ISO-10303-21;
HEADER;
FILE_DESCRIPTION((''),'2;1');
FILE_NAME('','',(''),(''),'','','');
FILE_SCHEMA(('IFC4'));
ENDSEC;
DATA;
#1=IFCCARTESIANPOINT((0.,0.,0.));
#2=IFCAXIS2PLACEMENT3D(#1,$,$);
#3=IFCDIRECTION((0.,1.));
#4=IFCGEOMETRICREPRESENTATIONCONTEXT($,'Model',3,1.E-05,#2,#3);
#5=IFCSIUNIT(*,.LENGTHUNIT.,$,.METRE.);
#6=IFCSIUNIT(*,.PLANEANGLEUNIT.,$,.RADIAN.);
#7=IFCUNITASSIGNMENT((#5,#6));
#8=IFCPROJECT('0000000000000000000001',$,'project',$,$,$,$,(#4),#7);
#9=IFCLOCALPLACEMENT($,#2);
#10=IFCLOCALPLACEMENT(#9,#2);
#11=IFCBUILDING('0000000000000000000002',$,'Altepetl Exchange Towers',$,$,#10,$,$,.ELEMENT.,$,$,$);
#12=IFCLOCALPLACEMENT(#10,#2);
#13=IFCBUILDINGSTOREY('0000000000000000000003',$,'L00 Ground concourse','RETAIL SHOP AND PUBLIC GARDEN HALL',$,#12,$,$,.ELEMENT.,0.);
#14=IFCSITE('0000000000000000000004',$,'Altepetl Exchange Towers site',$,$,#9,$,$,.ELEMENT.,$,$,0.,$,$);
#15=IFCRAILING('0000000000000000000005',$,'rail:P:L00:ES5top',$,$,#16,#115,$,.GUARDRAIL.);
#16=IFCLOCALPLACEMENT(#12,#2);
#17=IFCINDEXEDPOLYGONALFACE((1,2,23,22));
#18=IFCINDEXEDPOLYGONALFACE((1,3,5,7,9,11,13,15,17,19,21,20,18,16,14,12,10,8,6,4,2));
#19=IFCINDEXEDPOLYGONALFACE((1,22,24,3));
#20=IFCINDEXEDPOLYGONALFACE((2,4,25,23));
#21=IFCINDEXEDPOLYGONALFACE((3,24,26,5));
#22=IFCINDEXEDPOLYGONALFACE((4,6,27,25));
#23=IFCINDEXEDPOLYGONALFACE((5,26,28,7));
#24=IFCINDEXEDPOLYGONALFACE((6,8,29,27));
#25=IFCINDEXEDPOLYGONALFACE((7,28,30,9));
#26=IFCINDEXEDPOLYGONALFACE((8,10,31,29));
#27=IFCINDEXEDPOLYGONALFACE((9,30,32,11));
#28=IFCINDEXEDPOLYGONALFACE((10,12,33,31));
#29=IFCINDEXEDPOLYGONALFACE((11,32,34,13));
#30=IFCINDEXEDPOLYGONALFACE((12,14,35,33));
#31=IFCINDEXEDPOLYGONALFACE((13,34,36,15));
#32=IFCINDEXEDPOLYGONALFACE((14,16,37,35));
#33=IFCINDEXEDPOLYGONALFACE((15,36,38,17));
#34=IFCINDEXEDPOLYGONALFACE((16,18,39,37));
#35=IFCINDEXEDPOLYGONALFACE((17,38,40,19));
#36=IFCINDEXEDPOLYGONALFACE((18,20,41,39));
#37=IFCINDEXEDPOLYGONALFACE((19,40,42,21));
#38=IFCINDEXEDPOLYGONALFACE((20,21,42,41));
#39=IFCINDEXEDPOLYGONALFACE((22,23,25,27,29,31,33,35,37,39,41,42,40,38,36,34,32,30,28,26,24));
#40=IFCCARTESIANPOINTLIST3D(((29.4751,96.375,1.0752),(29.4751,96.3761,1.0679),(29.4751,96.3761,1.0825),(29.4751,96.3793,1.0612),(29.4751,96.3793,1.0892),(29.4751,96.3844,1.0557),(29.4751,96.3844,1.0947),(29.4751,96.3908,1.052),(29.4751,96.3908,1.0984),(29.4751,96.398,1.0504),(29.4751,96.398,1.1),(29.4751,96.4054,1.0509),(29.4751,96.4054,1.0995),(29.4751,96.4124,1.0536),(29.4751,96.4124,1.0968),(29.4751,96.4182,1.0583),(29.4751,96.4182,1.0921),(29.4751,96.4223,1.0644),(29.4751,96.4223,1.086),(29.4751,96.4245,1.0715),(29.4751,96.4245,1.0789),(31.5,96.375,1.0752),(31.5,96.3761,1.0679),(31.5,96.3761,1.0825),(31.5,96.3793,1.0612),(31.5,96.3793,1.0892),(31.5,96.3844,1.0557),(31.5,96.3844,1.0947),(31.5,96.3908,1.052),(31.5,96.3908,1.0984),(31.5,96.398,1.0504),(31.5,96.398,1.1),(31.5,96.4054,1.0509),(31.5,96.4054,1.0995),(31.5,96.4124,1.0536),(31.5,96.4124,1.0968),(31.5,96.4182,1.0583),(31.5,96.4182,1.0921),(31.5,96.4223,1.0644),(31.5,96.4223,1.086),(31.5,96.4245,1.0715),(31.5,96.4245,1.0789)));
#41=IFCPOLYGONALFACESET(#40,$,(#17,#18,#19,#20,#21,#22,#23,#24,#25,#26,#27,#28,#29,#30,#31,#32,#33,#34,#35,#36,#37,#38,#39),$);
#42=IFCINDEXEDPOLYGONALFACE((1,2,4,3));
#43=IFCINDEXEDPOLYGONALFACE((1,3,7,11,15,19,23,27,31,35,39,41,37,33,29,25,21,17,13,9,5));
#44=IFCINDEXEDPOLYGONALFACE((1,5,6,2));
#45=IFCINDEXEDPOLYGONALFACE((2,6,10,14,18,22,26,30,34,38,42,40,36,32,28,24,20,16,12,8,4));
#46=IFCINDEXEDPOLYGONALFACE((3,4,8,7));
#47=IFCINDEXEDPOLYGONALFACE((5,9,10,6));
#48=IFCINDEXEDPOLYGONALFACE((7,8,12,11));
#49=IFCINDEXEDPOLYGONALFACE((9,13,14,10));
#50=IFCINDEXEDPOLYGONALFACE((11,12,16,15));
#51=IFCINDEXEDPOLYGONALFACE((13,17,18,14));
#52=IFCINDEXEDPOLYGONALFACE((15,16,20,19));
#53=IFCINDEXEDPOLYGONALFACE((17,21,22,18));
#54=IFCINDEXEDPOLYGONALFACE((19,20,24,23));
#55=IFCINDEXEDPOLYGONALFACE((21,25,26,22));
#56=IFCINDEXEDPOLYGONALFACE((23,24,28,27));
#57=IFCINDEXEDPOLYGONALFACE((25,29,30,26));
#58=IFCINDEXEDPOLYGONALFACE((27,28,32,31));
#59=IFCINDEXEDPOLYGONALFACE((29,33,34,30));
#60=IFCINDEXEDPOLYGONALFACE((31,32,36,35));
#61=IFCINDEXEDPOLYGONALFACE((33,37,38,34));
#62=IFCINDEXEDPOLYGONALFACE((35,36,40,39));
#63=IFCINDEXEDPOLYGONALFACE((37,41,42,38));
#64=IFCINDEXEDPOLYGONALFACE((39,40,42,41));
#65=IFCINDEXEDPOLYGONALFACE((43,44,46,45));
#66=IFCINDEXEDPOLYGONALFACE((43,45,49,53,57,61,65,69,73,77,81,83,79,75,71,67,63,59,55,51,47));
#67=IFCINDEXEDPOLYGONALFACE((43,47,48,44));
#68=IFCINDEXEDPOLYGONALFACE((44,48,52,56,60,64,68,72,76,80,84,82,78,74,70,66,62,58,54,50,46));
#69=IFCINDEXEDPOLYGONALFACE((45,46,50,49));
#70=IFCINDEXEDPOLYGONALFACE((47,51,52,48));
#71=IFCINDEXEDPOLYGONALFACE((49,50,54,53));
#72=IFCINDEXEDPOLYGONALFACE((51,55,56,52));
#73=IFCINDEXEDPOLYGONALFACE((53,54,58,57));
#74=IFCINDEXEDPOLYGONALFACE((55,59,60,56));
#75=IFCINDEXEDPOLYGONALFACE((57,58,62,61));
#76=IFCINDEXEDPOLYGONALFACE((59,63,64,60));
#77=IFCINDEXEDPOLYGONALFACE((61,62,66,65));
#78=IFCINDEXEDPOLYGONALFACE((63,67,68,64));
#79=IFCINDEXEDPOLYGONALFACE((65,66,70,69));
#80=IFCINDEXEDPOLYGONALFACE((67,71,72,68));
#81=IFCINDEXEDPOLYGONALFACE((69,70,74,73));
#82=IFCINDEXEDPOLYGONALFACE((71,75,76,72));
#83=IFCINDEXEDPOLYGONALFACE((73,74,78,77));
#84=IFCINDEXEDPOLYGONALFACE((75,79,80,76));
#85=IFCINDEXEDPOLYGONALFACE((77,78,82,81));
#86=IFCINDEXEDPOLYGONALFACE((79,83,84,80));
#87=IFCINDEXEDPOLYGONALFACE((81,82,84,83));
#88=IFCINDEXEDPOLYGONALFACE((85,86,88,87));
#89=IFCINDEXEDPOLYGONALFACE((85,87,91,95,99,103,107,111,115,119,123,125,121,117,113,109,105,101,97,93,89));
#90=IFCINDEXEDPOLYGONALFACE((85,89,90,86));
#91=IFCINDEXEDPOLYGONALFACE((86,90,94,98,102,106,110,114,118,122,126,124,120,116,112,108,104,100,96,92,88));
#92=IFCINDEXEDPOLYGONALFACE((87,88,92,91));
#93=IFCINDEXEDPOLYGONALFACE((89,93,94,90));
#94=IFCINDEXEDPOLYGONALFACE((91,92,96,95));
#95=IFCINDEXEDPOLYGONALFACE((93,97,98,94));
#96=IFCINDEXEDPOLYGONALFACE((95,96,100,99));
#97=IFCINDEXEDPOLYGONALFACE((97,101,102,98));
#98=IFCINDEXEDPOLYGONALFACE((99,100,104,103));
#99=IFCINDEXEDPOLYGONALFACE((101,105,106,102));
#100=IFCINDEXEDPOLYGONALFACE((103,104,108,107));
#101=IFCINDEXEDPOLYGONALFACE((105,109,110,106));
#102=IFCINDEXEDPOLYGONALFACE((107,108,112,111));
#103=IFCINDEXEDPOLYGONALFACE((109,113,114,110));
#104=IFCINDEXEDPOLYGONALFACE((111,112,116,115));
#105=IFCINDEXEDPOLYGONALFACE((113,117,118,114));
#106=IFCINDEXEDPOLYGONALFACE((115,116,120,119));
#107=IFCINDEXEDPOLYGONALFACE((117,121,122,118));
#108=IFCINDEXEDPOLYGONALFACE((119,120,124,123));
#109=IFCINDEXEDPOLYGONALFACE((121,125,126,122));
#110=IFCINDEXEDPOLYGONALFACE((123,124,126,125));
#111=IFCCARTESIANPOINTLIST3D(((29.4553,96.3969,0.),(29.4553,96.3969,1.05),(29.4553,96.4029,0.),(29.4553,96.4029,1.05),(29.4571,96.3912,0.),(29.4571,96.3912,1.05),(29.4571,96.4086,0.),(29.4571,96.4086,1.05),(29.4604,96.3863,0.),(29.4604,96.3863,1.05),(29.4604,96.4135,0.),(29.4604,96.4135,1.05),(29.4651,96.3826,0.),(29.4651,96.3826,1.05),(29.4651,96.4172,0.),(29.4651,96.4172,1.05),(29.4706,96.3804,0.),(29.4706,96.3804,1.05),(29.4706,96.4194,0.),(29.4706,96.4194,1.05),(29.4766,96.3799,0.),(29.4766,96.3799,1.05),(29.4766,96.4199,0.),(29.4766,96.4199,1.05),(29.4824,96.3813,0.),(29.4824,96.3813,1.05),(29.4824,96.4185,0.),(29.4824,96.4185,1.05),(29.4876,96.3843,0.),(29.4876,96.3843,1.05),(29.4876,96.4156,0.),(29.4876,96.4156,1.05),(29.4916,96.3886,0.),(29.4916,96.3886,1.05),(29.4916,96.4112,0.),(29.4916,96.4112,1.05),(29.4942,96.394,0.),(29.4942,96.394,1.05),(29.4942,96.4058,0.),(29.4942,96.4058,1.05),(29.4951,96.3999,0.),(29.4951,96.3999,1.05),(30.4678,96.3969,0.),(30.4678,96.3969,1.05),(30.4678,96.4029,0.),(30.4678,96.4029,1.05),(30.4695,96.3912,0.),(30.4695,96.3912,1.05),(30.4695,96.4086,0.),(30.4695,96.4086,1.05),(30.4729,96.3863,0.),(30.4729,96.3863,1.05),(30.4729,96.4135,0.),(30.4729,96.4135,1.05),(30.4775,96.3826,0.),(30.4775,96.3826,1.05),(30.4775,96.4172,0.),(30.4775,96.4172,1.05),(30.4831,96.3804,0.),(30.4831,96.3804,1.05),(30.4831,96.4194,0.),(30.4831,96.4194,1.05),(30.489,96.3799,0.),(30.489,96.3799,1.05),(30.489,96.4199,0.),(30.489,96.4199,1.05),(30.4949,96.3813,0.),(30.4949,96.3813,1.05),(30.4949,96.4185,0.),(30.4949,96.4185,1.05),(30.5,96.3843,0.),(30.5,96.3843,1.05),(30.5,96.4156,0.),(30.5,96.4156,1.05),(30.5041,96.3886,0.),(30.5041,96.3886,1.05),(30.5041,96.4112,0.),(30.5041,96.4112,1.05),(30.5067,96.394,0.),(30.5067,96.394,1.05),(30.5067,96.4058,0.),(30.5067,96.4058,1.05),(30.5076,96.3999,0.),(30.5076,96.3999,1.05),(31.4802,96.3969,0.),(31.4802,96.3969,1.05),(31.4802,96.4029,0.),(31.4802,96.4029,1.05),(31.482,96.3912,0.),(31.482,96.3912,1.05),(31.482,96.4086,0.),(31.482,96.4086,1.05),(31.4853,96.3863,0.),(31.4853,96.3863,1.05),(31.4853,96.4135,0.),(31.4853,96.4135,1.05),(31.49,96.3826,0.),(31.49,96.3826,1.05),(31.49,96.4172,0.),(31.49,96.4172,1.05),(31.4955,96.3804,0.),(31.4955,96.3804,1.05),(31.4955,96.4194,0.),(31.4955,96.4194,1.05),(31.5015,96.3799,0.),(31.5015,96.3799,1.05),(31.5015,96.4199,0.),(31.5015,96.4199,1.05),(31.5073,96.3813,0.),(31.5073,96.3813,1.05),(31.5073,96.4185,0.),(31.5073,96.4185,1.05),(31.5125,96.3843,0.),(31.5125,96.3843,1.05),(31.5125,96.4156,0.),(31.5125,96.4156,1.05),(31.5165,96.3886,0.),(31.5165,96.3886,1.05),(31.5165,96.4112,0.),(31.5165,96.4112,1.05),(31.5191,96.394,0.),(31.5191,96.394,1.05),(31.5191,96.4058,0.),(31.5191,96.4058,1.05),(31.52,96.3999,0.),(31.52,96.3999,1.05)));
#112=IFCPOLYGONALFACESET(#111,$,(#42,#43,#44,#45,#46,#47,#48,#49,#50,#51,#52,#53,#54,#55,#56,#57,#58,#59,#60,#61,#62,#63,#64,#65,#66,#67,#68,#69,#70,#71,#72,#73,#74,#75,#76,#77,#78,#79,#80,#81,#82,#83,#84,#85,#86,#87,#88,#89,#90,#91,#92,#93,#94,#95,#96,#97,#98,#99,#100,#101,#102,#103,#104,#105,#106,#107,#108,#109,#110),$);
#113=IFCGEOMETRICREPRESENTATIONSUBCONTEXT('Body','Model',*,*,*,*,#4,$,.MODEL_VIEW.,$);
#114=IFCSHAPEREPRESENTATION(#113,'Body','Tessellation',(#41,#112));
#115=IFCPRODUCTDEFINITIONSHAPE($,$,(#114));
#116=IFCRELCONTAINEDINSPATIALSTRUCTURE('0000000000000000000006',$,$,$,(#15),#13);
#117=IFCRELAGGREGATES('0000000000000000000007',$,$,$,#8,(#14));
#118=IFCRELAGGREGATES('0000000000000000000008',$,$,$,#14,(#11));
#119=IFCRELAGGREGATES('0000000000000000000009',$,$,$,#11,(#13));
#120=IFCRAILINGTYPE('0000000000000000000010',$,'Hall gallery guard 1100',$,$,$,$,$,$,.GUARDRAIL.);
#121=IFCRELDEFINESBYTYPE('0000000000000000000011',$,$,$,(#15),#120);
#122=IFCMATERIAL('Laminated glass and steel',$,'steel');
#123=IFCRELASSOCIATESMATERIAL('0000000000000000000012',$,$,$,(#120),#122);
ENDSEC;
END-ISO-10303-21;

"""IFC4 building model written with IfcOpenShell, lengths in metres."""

from ifc_helpers import new_model, si_unit, direction, frame, origin, origin_2d, place, context, subcontext, project, spatial, circle, extrude, source, transform, mapped, material, type_object, element, save


model = new_model("IFC4")

# Units and contexts
model_context = context("Model", 3, precision=1e-05, world=origin(), true_north=direction((0.0, 1.0)))
body_context = subcontext(model_context, "Body", "Model", "MODEL_VIEW")
ifc_project = project(units=[si_unit("LENGTHUNIT", "METRE"), si_unit("PLANEANGLEUNIT", "RADIAN")], contexts=[model_context])

# Site, building, storey
site_placement = place(None, origin())
site = spatial("IfcSite", under=ifc_project, at=site_placement, Name="Altepetl Exchange Towers site", CompositionType="ELEMENT", RefElevation=0.0)
building_placement = place(site_placement, origin())
building = spatial("IfcBuilding", under=site, at=building_placement, Name="Altepetl Exchange Towers", CompositionType="ELEMENT")
storey_placement = place(building_placement, origin())
storey = spatial("IfcBuildingStorey", under=building, at=storey_placement, Name="L00 Ground concourse", Description="RETAIL SHOP AND PUBLIC GARDEN HALL", CompositionType="ELEMENT", Elevation=0.0)

# Railing
ifc_material_1 = material(Name="Laminated glass and steel", Category="steel")
railing_type = type_object("IfcRailingType", Name="Hall gallery guard 1100", PredefinedType="GUARDRAIL", material=ifc_material_1)
shared_shape = source(origin(), body_context, "Body", "SweptSolid", [
    extrude(circle(Radius=0.02, at=origin_2d()), origin(), (0.0, 0.0, 1.0), 1.05),
])
railing_placement = place(storey_placement, frame((31.5, 96.3999, 0.0)))
element("IfcRailing", 1, at=railing_placement, inside=storey, type_object=railing_type, Name="rail:P:L00:ES5top", PredefinedType="GUARDRAIL", context=body_context, shape_type="SweptSolid", body=[
    extrude(circle(Radius=0.0249, at=origin_2d()), frame((0.0, 0.0, 1.0752), z_axis=(-1.0, 0.0, 0.0), x_axis=(0.0, -1.0, 0.0)), (0.0, 0.0, 1.0), 2.0249),
    mapped(shared_shape, transform((0.0, 0.0, 0.0))),
    mapped(shared_shape, transform((-1.0125, 0.0, 0.0))),
    mapped(shared_shape, transform((-2.0249, 0.0, 0.0))),
])

save(model, "model.ifc")
